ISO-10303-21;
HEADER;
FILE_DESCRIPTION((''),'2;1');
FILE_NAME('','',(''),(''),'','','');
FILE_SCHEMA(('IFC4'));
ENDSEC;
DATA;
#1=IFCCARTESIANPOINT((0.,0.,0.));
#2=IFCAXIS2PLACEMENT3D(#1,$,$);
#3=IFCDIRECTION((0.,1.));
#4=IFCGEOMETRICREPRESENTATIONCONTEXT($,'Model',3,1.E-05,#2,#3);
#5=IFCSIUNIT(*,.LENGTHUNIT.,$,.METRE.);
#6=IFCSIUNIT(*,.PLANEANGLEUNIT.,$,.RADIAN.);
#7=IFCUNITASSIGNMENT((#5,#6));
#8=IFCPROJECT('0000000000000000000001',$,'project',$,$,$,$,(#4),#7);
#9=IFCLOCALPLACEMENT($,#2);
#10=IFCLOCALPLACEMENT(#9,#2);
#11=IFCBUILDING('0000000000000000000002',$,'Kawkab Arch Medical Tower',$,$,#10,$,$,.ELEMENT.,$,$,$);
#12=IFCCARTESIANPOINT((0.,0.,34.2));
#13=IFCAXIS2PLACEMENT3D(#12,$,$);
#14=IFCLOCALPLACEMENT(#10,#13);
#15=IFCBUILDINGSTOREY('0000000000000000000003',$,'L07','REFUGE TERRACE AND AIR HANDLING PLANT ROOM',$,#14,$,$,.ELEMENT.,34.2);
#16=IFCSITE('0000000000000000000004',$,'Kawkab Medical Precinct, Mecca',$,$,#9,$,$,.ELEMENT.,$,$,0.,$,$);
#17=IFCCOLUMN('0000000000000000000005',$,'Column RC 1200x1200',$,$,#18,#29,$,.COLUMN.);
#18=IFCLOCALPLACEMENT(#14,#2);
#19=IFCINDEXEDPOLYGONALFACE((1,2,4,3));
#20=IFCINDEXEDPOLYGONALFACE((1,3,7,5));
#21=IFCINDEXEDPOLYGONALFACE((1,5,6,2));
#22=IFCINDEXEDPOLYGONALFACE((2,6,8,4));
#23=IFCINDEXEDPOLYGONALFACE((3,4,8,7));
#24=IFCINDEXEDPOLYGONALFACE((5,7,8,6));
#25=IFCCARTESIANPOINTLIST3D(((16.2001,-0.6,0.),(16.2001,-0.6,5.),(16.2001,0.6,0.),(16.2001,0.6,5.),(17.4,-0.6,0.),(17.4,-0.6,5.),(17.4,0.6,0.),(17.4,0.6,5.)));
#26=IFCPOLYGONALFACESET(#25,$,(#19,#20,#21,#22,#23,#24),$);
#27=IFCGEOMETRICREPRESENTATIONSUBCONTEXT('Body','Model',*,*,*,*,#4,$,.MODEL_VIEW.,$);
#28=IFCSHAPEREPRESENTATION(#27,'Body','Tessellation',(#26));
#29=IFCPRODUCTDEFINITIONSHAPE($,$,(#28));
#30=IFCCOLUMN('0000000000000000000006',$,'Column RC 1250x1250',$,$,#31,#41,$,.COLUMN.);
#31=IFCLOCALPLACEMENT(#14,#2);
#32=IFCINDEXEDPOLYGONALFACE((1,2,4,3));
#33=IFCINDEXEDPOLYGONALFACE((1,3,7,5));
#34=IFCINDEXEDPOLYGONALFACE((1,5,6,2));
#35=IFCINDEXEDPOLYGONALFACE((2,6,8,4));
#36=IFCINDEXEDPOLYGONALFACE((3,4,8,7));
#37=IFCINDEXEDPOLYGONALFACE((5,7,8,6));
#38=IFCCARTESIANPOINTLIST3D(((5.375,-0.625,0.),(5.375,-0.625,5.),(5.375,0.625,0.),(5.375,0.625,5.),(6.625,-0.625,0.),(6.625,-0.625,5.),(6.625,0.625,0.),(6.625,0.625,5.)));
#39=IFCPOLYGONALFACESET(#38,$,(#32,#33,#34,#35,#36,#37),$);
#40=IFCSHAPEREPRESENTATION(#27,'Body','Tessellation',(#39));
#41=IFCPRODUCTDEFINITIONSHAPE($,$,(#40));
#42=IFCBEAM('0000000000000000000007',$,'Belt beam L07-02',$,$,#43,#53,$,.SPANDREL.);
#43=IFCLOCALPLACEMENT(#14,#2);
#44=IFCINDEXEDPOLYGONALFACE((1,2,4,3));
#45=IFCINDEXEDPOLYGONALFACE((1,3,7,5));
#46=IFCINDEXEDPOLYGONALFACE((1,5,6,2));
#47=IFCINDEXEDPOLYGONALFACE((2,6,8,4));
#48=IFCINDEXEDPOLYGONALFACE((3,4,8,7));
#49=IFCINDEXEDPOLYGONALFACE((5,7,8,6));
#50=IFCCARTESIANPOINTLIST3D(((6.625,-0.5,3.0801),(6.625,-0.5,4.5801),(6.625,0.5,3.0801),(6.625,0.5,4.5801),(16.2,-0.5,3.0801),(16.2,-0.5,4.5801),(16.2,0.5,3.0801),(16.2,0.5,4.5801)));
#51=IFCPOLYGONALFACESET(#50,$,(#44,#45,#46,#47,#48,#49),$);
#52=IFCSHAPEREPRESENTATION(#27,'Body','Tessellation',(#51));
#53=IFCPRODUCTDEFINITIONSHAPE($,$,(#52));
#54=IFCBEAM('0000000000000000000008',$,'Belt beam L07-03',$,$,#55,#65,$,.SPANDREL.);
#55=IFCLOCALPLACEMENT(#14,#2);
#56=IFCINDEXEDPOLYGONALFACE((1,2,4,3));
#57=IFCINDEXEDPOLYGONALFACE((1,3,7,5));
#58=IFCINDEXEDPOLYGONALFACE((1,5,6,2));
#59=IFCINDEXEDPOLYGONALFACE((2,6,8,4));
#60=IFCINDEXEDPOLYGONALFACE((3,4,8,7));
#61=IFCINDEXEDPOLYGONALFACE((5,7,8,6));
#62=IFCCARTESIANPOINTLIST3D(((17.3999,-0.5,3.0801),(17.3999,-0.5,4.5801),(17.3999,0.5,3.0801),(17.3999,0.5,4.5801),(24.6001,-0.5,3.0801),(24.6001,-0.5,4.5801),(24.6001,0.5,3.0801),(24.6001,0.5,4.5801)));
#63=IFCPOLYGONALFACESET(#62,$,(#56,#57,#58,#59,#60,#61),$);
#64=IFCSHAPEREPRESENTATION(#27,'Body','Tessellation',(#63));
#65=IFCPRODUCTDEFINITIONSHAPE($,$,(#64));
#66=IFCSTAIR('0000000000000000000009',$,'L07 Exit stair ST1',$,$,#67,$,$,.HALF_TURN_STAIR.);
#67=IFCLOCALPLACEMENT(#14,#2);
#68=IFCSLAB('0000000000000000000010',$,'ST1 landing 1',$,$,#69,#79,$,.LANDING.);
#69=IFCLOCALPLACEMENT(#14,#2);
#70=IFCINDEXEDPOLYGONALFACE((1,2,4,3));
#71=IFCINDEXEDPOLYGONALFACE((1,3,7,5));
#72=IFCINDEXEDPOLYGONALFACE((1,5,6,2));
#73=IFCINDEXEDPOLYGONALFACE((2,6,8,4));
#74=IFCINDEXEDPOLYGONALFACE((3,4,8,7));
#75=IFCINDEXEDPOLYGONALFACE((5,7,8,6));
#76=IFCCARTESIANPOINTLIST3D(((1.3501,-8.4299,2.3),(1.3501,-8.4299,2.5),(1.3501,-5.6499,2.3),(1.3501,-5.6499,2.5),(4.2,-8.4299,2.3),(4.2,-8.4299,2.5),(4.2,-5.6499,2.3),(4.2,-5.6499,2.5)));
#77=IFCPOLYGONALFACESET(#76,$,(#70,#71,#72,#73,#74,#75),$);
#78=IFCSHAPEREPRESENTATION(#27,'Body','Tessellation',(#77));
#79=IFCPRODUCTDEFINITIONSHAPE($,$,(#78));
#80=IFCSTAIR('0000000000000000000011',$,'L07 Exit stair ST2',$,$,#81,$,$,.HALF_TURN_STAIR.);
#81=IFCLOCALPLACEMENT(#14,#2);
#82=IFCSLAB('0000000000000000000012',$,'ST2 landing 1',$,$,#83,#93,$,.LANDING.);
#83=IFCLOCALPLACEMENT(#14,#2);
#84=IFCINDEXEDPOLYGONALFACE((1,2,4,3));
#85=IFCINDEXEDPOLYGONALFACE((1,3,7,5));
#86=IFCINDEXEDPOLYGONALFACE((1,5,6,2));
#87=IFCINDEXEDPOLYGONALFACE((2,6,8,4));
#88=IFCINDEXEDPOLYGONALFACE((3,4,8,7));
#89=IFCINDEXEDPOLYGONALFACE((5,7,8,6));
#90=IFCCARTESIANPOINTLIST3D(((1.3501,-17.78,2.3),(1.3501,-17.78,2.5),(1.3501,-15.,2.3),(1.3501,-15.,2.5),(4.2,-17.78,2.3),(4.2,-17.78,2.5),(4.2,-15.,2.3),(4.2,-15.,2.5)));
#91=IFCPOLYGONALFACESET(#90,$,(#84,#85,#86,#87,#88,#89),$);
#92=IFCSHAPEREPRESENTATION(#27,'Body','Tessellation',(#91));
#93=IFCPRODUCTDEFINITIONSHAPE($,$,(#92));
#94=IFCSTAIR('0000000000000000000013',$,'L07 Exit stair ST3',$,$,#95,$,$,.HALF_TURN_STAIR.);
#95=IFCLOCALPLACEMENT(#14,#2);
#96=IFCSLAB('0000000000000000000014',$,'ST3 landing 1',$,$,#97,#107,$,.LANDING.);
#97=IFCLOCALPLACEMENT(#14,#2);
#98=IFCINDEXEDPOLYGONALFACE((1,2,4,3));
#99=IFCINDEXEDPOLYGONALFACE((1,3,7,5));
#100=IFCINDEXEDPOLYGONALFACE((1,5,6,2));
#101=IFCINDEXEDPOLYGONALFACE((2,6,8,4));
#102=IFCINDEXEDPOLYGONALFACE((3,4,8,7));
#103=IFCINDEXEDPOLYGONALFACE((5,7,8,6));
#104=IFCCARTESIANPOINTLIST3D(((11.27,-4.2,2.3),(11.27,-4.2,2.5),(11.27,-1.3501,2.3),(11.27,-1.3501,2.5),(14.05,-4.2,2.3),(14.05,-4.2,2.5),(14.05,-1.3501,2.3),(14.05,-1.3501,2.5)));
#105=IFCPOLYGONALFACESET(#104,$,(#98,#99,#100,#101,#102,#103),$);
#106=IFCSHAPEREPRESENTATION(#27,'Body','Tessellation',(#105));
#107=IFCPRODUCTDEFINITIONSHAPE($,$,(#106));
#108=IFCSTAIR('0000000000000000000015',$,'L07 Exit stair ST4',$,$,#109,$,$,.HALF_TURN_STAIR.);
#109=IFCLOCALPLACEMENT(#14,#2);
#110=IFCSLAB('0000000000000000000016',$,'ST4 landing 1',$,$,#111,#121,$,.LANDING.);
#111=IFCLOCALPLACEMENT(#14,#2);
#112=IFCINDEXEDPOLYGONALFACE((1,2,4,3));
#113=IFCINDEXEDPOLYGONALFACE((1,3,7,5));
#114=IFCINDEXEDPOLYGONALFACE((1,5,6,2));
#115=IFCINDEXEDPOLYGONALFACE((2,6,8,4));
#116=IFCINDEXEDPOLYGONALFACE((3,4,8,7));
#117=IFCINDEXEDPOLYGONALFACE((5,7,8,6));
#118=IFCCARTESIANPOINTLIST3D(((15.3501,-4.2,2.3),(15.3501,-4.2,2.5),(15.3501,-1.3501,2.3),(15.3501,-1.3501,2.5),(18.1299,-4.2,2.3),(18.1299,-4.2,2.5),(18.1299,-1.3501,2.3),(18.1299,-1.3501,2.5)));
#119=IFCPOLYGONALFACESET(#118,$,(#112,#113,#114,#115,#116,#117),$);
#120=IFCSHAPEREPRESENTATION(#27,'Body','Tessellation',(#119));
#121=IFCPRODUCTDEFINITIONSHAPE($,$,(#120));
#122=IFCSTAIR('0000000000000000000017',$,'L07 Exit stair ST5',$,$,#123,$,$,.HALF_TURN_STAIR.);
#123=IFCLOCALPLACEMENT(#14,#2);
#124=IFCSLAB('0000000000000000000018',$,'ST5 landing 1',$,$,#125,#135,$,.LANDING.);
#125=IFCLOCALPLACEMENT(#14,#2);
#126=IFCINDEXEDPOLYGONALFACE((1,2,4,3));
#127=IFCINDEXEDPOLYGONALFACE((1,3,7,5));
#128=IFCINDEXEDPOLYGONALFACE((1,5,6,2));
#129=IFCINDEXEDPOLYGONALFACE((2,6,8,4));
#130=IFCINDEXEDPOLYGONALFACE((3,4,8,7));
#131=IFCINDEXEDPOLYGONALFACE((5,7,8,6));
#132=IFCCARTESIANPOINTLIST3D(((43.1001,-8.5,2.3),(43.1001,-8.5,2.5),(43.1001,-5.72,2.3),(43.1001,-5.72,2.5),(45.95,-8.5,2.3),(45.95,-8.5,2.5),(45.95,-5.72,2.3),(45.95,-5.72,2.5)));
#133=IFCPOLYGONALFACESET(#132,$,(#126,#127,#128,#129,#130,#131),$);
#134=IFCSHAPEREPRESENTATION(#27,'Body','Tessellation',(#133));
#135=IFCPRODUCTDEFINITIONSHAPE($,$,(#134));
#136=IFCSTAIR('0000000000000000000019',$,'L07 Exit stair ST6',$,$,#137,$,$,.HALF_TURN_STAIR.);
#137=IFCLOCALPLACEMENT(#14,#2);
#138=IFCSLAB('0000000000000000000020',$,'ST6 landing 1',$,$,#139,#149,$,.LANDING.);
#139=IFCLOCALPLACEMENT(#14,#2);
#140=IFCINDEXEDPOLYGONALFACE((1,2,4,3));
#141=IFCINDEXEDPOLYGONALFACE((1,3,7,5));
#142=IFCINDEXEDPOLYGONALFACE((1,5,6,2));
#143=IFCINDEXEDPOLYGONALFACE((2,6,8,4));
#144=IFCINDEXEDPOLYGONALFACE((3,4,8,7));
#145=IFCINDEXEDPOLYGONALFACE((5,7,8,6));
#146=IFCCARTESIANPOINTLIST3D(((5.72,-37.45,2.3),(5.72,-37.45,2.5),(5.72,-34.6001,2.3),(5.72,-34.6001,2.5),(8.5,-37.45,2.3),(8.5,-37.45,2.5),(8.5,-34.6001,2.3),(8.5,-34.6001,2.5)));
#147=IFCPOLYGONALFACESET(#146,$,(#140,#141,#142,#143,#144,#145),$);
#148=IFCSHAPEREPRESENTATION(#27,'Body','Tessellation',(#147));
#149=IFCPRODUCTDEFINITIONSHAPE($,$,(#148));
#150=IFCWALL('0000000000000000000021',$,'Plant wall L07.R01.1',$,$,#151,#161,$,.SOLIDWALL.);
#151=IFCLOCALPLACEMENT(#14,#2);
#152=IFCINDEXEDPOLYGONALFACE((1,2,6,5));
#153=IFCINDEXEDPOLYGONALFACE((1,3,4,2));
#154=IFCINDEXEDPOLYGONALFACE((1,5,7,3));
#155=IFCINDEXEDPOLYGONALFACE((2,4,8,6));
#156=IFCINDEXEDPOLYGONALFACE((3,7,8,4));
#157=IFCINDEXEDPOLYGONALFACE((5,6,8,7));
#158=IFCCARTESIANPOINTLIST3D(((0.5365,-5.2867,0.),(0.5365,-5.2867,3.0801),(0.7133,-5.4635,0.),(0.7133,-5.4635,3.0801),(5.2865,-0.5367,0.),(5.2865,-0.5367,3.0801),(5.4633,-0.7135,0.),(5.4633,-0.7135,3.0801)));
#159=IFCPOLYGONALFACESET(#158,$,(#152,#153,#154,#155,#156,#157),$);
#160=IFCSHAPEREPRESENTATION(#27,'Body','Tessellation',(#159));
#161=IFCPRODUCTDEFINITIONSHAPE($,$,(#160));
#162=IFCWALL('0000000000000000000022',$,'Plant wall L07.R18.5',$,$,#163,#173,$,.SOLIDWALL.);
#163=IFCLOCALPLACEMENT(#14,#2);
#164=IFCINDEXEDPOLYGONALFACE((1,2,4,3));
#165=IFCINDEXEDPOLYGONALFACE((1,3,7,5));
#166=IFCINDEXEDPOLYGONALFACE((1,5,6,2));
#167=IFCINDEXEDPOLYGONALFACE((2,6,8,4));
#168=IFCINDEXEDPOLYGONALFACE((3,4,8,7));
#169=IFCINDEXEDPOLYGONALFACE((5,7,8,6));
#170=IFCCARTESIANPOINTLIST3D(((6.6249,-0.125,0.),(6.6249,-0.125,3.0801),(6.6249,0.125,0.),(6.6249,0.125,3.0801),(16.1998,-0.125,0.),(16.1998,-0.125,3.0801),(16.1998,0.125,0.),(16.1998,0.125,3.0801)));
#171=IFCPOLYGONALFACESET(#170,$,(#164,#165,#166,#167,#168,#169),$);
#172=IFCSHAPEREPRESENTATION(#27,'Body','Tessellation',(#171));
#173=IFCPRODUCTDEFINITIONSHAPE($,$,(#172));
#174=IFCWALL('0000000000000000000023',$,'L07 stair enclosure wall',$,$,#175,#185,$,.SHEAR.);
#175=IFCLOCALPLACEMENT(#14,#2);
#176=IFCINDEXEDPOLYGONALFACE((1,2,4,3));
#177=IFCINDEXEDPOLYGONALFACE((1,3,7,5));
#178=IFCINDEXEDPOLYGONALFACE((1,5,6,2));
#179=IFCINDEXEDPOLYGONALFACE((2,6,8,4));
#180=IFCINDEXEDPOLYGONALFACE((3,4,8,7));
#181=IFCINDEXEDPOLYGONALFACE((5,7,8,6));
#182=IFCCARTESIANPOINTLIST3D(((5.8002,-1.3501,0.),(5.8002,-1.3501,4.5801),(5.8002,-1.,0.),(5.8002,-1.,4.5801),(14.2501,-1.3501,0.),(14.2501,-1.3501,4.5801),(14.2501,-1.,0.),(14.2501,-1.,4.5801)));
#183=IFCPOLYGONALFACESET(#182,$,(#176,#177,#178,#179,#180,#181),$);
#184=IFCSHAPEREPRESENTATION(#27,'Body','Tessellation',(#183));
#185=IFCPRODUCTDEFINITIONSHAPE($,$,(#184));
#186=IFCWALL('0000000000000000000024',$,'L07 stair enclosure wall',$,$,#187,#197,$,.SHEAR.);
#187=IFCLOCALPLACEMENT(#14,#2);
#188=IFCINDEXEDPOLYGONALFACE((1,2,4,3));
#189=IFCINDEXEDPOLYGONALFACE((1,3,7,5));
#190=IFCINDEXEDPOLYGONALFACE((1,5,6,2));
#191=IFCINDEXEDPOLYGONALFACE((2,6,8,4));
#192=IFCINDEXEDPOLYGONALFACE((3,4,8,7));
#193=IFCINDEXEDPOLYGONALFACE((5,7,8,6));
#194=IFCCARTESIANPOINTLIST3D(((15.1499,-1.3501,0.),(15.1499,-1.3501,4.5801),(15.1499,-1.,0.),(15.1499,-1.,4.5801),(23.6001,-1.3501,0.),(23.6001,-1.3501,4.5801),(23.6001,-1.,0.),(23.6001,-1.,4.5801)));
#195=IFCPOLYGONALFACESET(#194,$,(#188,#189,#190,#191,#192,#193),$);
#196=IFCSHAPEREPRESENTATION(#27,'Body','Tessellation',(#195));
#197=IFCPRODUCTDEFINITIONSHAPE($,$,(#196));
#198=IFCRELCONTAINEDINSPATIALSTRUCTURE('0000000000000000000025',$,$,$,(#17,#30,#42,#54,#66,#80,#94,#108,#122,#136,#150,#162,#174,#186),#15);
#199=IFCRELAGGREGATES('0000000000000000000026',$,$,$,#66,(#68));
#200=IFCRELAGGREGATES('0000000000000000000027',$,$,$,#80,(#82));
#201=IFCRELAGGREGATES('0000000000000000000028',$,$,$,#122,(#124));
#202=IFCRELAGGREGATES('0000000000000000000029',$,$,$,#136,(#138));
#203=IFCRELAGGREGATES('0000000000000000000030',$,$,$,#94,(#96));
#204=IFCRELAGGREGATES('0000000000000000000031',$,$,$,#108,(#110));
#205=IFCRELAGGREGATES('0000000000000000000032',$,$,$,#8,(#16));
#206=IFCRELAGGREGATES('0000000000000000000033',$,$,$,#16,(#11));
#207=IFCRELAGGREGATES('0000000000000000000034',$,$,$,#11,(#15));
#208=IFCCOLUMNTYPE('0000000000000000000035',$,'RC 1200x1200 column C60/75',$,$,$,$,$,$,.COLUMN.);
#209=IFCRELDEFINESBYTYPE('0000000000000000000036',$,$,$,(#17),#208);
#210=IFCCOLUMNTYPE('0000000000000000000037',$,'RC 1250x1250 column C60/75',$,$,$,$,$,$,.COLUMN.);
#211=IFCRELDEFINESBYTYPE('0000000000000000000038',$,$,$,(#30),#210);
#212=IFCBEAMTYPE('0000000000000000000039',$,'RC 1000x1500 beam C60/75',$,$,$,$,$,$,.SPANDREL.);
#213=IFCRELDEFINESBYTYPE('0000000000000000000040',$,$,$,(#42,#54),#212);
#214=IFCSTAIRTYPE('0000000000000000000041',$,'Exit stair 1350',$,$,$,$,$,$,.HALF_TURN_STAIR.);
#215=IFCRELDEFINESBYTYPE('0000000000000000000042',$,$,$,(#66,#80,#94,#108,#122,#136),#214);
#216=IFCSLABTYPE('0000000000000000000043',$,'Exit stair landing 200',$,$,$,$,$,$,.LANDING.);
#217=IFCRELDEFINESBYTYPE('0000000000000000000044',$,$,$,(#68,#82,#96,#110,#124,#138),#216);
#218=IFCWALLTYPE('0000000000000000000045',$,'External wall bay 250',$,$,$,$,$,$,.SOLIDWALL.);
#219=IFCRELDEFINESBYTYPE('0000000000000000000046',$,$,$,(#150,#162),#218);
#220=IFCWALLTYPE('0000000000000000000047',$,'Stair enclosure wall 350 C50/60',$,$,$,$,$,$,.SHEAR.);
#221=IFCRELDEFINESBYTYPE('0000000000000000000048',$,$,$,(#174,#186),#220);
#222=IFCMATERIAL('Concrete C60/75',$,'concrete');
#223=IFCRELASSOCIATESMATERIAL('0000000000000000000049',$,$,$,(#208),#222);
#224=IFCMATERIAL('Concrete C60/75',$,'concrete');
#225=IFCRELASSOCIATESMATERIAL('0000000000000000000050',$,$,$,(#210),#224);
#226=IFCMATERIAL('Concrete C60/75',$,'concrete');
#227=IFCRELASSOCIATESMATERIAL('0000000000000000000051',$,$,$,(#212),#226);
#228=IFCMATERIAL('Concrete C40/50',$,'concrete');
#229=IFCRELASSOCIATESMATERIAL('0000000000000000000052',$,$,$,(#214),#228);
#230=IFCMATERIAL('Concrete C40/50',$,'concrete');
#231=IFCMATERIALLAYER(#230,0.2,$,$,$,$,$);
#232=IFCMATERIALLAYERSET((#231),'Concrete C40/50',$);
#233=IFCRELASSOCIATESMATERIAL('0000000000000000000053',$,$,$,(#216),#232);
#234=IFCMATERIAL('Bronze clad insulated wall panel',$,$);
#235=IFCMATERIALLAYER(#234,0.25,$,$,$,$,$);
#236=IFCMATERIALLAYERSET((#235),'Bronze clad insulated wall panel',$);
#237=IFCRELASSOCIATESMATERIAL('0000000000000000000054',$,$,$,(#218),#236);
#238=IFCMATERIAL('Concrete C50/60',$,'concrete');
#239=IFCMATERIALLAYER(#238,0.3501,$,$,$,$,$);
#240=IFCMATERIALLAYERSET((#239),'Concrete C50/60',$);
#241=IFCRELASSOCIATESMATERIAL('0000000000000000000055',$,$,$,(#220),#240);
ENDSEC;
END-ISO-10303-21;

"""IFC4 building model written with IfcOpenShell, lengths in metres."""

from ifc_helpers import new_model, si_unit, direction, frame, frame_2d, origin, origin_2d, place, context, subcontext, project, spatial, polyline, rectangle, outline, extrude, material, layer, layer_set, material_profile, profile_set, type_object, element, aggregate, save


model = new_model("IFC4")

# Units and contexts
model_context = context("Model", 3, precision=1e-05, world=origin(), true_north=direction((0.0, 1.0)))
body_context = subcontext(model_context, "Body", "Model", "MODEL_VIEW")
ifc_project = project(units=[si_unit("LENGTHUNIT", "METRE"), si_unit("PLANEANGLEUNIT", "RADIAN")], contexts=[model_context])

# Site, building, storey
site_placement = place(None, origin())
site = spatial("IfcSite", under=ifc_project, at=site_placement, Name="Kawkab Medical Precinct, Mecca", CompositionType="ELEMENT", RefElevation=0.0)
building_placement = place(site_placement, origin())
building = spatial("IfcBuilding", under=site, at=building_placement, Name="Kawkab Arch Medical Tower", CompositionType="ELEMENT")
storey_placement = place(building_placement, frame((0.0, 0.0, 34.2)))
storey = spatial("IfcBuildingStorey", under=building, at=storey_placement, Name="L07", Description="REFUGE TERRACE AND AIR HANDLING PLANT ROOM", CompositionType="ELEMENT", Elevation=34.2)

# Columns
ifc_material_1 = material(Name="Concrete C60/75", Category="concrete")
ifc_material_profile_1 = material_profile(ifc_material_1, rectangle(XDim=1.2, YDim=1.2, at=origin_2d()), Name="RC 1200x1200")
ifc_profile_set_1 = profile_set([ifc_material_profile_1], Name="Concrete C60/75")
column_type_1 = type_object("IfcColumnType", Name="RC 1200x1200 column C60/75", PredefinedType="COLUMN", material=ifc_profile_set_1)
column_1_placement = place(storey_placement, frame((16.8, 0.0, 0.0), z_axis=(0.0, 0.0, 1.0), x_axis=(1.0, 0.0, 0.0)))
element("IfcColumn", 1, at=column_1_placement, inside=storey, type_object=column_type_1, Name="Column RC 1200x1200", PredefinedType="COLUMN", context=body_context, shape_type="SweptSolid", body=[
    extrude(rectangle(XDim=1.2, YDim=1.2, at=origin_2d()), origin(), (0.0, 0.0, 1.0), 5.0),
])
ifc_material_2 = material(Name="Concrete C60/75", Category="concrete")
ifc_material_profile_2 = material_profile(ifc_material_2, rectangle(XDim=1.25, YDim=1.25, at=origin_2d()), Name="RC 1250x1250")
ifc_profile_set_2 = profile_set([ifc_material_profile_2], Name="Concrete C60/75")
column_type_2 = type_object("IfcColumnType", Name="RC 1250x1250 column C60/75", PredefinedType="COLUMN", material=ifc_profile_set_2)
column_2_placement = place(storey_placement, frame((6.0, 0.0, 0.0), z_axis=(0.0, 0.0, 1.0), x_axis=(1.0, 0.0, 0.0)))
element("IfcColumn", 2, at=column_2_placement, inside=storey, type_object=column_type_2, Name="Column RC 1250x1250", PredefinedType="COLUMN", context=body_context, shape_type="SweptSolid", body=[
    extrude(rectangle(XDim=1.25, YDim=1.25, at=origin_2d()), origin(), (0.0, 0.0, 1.0), 5.0),
])

# Beams
ifc_material_3 = material(Name="Concrete C60/75", Category="concrete")
ifc_material_profile_3 = material_profile(ifc_material_3, rectangle(XDim=1.0, YDim=1.5, at=origin_2d()), Name="RC 1000x1500")
ifc_profile_set_3 = profile_set([ifc_material_profile_3], Name="Concrete C60/75")
beam_type = type_object("IfcBeamType", Name="RC 1000x1500 beam C60/75", PredefinedType="SPANDREL", material=ifc_profile_set_3)
beam_1_placement = place(storey_placement, frame((6.625, 0.0, 3.8301), z_axis=(1.0, 0.0, 0.0), x_axis=(0.0, 1.0, 0.0)))
element("IfcBeam", 3, at=beam_1_placement, inside=storey, type_object=beam_type, Name="Belt beam L07-02", PredefinedType="SPANDREL", context=body_context, shape_type="SweptSolid", body=[
    extrude(rectangle(XDim=1.0, YDim=1.5, at=origin_2d()), origin(), (0.0, 0.0, 1.0), 9.575),
])
beam_2_placement = place(storey_placement, frame((17.3999, 0.0, 3.8301), z_axis=(1.0, 0.0, 0.0), x_axis=(0.0, 1.0, 0.0)))
element("IfcBeam", 4, at=beam_2_placement, inside=storey, type_object=beam_type, Name="Belt beam L07-03", PredefinedType="SPANDREL", context=body_context, shape_type="SweptSolid", body=[
    extrude(rectangle(XDim=1.0, YDim=1.5, at=origin_2d()), origin(), (0.0, 0.0, 1.0), 7.2002),
])

# Stairs, slabs
ifc_material_4 = material(Name="Concrete C40/50", Category="concrete")
stair_type = type_object("IfcStairType", Name="Exit stair 1350", PredefinedType="HALF_TURN_STAIR", material=ifc_material_4)
placement_1 = place(storey_placement, origin())
stair_1 = element("IfcStair", 5, at=placement_1, inside=storey, type_object=stair_type, Name="L07 Exit stair ST1", PredefinedType="HALF_TURN_STAIR")
ifc_material_5 = material(Name="Concrete C40/50", Category="concrete")
ifc_layer_1 = layer(ifc_material_5, 0.2)
ifc_layer_set_1 = layer_set([ifc_layer_1], Name="Concrete C40/50")
slab_type = type_object("IfcSlabType", Name="Exit stair landing 200", PredefinedType="LANDING", material=ifc_layer_set_1)
placement_2 = place(storey_placement, frame((0.0, 0.0, 2.3)))
slab_1 = element("IfcSlab", 6, at=placement_2, type_object=slab_type, Name="ST1 landing 1", PredefinedType="LANDING", context=body_context, shape_type="SweptSolid", body=[
    extrude(outline(polyline([(4.2, -8.4299), (4.2, -5.6499), (1.3501, -5.6499), (1.3501, -8.4299), (4.2, -8.4299)])), origin(), (0.0, 0.0, 1.0), 0.2),
])
aggregate(stair_1, [slab_1])
stair_2 = element("IfcStair", 7, at=placement_1, inside=storey, type_object=stair_type, Name="L07 Exit stair ST2", PredefinedType="HALF_TURN_STAIR")
slab_2 = element("IfcSlab", 8, at=placement_2, type_object=slab_type, Name="ST2 landing 1", PredefinedType="LANDING", context=body_context, shape_type="SweptSolid", body=[
    extrude(outline(polyline([(4.2, -17.78), (4.2, -15.0), (1.3501, -15.0), (1.3501, -17.78), (4.2, -17.78)])), origin(), (0.0, 0.0, 1.0), 0.2),
])
aggregate(stair_2, [slab_2])
stair_3 = element("IfcStair", 9, at=placement_1, inside=storey, type_object=stair_type, Name="L07 Exit stair ST3", PredefinedType="HALF_TURN_STAIR")
slab_3 = element("IfcSlab", 10, at=placement_2, type_object=slab_type, Name="ST3 landing 1", PredefinedType="LANDING", context=body_context, shape_type="SweptSolid", body=[
    extrude(outline(polyline([(11.27, -4.2), (14.05, -4.2), (14.05, -1.3501), (11.27, -1.3501), (11.27, -4.2)])), origin(), (0.0, 0.0, 1.0), 0.2),
])
stair_4 = element("IfcStair", 11, at=placement_1, inside=storey, type_object=stair_type, Name="L07 Exit stair ST4", PredefinedType="HALF_TURN_STAIR")
slab_4 = element("IfcSlab", 12, at=placement_2, type_object=slab_type, Name="ST4 landing 1", PredefinedType="LANDING", context=body_context, shape_type="SweptSolid", body=[
    extrude(outline(polyline([(18.1299, -1.3501), (15.3501, -1.3501), (15.3501, -4.2), (18.1299, -4.2), (18.1299, -1.3501)])), origin(), (0.0, 0.0, 1.0), 0.2),
])
stair_5 = element("IfcStair", 13, at=placement_1, inside=storey, type_object=stair_type, Name="L07 Exit stair ST5", PredefinedType="HALF_TURN_STAIR")
slab_5 = element("IfcSlab", 14, at=placement_2, type_object=slab_type, Name="ST5 landing 1", PredefinedType="LANDING", context=body_context, shape_type="SweptSolid", body=[
    extrude(outline(polyline([(43.1001, -5.72), (43.1001, -8.5), (45.95, -8.5), (45.95, -5.72), (43.1001, -5.72)])), origin(), (0.0, 0.0, 1.0), 0.2),
])
aggregate(stair_5, [slab_5])
stair_6 = element("IfcStair", 15, at=placement_1, inside=storey, type_object=stair_type, Name="L07 Exit stair ST6", PredefinedType="HALF_TURN_STAIR")
slab_6 = element("IfcSlab", 16, at=placement_2, type_object=slab_type, Name="ST6 landing 1", PredefinedType="LANDING", context=body_context, shape_type="SweptSolid", body=[
    extrude(outline(polyline([(5.72, -37.45), (8.5, -37.45), (8.5, -34.6001), (5.72, -34.6001), (5.72, -37.45)])), origin(), (0.0, 0.0, 1.0), 0.2),
])
aggregate(stair_6, [slab_6])

# Walls
ifc_material_6 = material(Name="Bronze clad insulated wall panel")
ifc_layer_2 = layer(ifc_material_6, 0.25)
ifc_layer_set_2 = layer_set([ifc_layer_2], Name="Bronze clad insulated wall panel")
wall_type_1 = type_object("IfcWallType", Name="External wall bay 250", PredefinedType="SOLIDWALL", material=ifc_layer_set_2)
wall_1_placement = place(storey_placement, frame((5.375, -0.625, 0.0), z_axis=(0.0, 0.0, 1.0), x_axis=(-0.707107, -0.707107, 0.0)))
element("IfcWall", 17, at=wall_1_placement, inside=storey, type_object=wall_type_1, Name="Plant wall L07.R01.1", PredefinedType="SOLIDWALL", context=body_context, shape_type="SweptSolid", body=[
    extrude(rectangle(XDim=6.7175, YDim=0.25, at=frame_2d((3.3589, 0.0))), origin(), (0.0, 0.0, 1.0), 3.0801),
])
wall_2_placement = place(storey_placement, frame((16.2, 0.0, 0.0), z_axis=(0.0, 0.0, 1.0), x_axis=(-1.0, 0.0, 0.0)))
element("IfcWall", 18, at=wall_2_placement, inside=storey, type_object=wall_type_1, Name="Plant wall L07.R18.5", PredefinedType="SOLIDWALL", context=body_context, shape_type="SweptSolid", body=[
    extrude(rectangle(XDim=9.575, YDim=0.25, at=frame_2d((4.7876, 0.0))), origin(), (0.0, 0.0, 1.0), 3.0801),
])
ifc_material_7 = material(Name="Concrete C50/60", Category="concrete")
ifc_layer_3 = layer(ifc_material_7, 0.3501)
ifc_layer_set_3 = layer_set([ifc_layer_3], Name="Concrete C50/60")
wall_type_2 = type_object("IfcWallType", Name="Stair enclosure wall 350 C50/60", PredefinedType="SHEAR", material=ifc_layer_set_3)
wall_3_placement = place(storey_placement, frame((5.8, -1.175, 0.0), z_axis=(0.0, 0.0, 1.0), x_axis=(1.0, 0.0, 0.0)))
element("IfcWall", 19, at=wall_3_placement, inside=storey, type_object=wall_type_2, Name="L07 stair enclosure wall", PredefinedType="SHEAR", context=body_context, shape_type="SweptSolid", body=[
    extrude(rectangle(XDim=8.45, YDim=0.3501, at=frame_2d((4.2251, 0.0))), origin(), (0.0, 0.0, 1.0), 4.5801),
])
wall_4_placement = place(storey_placement, frame((15.1499, -1.175, 0.0), z_axis=(0.0, 0.0, 1.0), x_axis=(1.0, 0.0, 0.0)))
element("IfcWall", 20, at=wall_4_placement, inside=storey, type_object=wall_type_2, Name="L07 stair enclosure wall", PredefinedType="SHEAR", context=body_context, shape_type="SweptSolid", body=[
    extrude(rectangle(XDim=8.4502, YDim=0.3501, at=frame_2d((4.2251, 0.0))), origin(), (0.0, 0.0, 1.0), 4.5801),
])

aggregate(stair_3, [slab_3])
aggregate(stair_4, [slab_4])

save(model, "model.ifc")
